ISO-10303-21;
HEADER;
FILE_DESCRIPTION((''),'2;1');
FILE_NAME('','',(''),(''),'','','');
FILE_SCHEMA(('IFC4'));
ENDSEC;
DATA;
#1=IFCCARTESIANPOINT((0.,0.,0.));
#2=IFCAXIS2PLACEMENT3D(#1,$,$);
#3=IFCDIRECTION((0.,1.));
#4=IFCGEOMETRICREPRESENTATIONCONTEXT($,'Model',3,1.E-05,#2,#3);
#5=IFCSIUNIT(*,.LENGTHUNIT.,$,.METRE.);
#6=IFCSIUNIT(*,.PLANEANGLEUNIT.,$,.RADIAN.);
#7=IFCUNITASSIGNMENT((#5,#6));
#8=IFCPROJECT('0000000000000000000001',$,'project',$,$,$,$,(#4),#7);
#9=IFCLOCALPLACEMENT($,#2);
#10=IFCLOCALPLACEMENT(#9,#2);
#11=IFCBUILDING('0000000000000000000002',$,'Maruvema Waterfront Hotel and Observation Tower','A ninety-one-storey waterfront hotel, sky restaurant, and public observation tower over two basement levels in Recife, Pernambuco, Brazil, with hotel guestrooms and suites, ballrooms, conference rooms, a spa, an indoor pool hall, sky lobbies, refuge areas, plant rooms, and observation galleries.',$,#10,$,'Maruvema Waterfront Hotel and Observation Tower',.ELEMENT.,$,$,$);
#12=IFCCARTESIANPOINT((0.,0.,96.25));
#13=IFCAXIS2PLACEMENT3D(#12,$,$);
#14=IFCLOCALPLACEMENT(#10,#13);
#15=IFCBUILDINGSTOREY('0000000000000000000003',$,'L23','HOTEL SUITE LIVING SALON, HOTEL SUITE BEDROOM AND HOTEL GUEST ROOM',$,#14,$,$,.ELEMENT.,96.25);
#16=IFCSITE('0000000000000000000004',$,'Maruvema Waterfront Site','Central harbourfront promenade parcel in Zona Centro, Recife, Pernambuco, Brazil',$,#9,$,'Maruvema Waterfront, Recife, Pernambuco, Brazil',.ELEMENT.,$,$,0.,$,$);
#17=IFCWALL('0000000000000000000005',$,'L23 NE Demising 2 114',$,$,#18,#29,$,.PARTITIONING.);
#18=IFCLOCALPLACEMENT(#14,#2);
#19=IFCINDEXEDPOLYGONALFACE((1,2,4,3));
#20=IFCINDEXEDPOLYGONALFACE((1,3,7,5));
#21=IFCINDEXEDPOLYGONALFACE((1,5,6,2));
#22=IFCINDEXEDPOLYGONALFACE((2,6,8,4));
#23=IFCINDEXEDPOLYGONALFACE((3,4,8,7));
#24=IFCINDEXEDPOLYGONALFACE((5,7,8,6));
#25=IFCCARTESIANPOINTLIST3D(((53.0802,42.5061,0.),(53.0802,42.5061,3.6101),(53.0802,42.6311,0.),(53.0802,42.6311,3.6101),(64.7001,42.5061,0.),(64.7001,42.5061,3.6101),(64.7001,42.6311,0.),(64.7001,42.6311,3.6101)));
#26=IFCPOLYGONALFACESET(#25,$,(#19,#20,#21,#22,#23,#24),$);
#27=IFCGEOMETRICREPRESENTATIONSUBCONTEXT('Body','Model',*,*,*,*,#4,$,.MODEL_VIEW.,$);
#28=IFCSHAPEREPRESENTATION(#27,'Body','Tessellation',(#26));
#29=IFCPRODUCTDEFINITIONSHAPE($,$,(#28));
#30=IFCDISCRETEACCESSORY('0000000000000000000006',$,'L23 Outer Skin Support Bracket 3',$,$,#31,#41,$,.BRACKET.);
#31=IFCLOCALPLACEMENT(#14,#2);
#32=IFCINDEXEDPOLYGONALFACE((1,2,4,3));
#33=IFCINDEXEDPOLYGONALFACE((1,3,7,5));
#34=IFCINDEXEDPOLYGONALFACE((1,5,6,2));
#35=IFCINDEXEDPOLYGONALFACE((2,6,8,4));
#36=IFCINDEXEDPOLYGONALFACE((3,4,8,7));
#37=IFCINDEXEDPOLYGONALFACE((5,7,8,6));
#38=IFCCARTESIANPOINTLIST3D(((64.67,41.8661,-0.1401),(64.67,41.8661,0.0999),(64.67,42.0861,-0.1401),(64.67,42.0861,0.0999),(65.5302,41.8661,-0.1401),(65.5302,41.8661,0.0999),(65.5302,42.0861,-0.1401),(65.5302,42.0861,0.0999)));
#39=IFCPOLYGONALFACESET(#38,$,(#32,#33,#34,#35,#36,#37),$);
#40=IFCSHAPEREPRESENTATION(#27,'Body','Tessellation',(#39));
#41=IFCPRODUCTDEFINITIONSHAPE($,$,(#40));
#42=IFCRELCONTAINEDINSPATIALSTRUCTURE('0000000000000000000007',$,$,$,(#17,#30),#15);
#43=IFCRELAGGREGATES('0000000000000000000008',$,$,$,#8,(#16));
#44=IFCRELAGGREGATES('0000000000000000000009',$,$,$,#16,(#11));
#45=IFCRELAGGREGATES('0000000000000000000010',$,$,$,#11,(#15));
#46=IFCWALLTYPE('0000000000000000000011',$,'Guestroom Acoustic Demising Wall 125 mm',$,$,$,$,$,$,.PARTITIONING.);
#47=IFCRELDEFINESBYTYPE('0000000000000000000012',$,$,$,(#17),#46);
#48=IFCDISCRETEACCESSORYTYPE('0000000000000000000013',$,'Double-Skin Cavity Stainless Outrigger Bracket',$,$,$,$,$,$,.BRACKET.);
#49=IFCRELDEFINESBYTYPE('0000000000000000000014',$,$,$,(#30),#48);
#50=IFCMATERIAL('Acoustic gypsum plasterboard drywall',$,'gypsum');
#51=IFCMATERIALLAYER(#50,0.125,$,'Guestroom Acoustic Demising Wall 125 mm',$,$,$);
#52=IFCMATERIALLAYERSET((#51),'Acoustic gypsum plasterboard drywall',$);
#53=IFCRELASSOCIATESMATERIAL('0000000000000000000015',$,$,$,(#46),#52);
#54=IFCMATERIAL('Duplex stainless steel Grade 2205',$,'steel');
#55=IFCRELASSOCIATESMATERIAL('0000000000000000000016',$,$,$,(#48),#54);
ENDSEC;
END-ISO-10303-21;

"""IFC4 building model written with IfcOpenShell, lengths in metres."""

from ifc_helpers import new_model, si_unit, direction, frame, frame_2d, origin, origin_2d, place, context, subcontext, project, spatial, rectangle, extrude, material, layer, layer_set, type_object, element, save


model = new_model("IFC4")

# Units and contexts
model_context = context("Model", 3, precision=1e-05, world=origin(), true_north=direction((0.0, 1.0)))
body_context = subcontext(model_context, "Body", "Model", "MODEL_VIEW")
ifc_project = project(units=[si_unit("LENGTHUNIT", "METRE"), si_unit("PLANEANGLEUNIT", "RADIAN")], contexts=[model_context])

# Site, building, storey
site_placement = place(None, origin())
site = spatial("IfcSite", under=ifc_project, at=site_placement, Name="Maruvema Waterfront Site", Description="Central harbourfront promenade parcel in Zona Centro, Recife, Pernambuco, Brazil", LongName="Maruvema Waterfront, Recife, Pernambuco, Brazil", CompositionType="ELEMENT", RefElevation=0.0)
building_placement = place(site_placement, origin())
building = spatial("IfcBuilding", under=site, at=building_placement, Name="Maruvema Waterfront Hotel and Observation Tower", Description="A ninety-one-storey waterfront hotel, sky restaurant, and public observation tower over two basement levels in Recife, Pernambuco, Brazil, with hotel guestrooms and suites, ballrooms, conference rooms, a spa, an indoor pool hall, sky lobbies, refuge areas, plant rooms, and observation galleries.", LongName="Maruvema Waterfront Hotel and Observation Tower", CompositionType="ELEMENT")
storey_placement = place(building_placement, frame((0.0, 0.0, 96.25)))
storey = spatial("IfcBuildingStorey", under=building, at=storey_placement, Name="L23", Description="HOTEL SUITE LIVING SALON, HOTEL SUITE BEDROOM AND HOTEL GUEST ROOM", CompositionType="ELEMENT", Elevation=96.25)

# Wall
ifc_material_1 = material(Name="Acoustic gypsum plasterboard drywall", Category="gypsum")
ifc_layer_1 = layer(ifc_material_1, 0.125, Name="Guestroom Acoustic Demising Wall 125 mm")
ifc_layer_set_1 = layer_set([ifc_layer_1], Name="Acoustic gypsum plasterboard drywall")
wall_type_1 = type_object("IfcWallType", Name="Guestroom Acoustic Demising Wall 125 mm", PredefinedType="PARTITIONING", material=ifc_layer_set_1)
for number, where, z_axis, x_axis, name in (
    (1, (53.0801, 42.5686, 0.0), (0.0, 0.0, 1.0), (1.0, 0.0, 0.0), "L23 NE Demising 2 114"),
):
    element("IfcWall", number, at=place(storey_placement, frame(where, z_axis=z_axis, x_axis=x_axis)), inside=storey, type_object=wall_type_1, Name=name, PredefinedType="PARTITIONING", context=body_context, shape_type="SweptSolid", body=[
        extrude(rectangle(XDim=11.6199, YDim=0.125, at=frame_2d((5.8101, 0.0))), origin(), (0.0, 0.0, 1.0), 3.6101),
    ])

# Discrete accessory
ifc_material_2 = material(Name="Duplex stainless steel Grade 2205", Category="steel")
discrete_accessory_type = type_object("IfcDiscreteAccessoryType", Name="Double-Skin Cavity Stainless Outrigger Bracket", PredefinedType="BRACKET", material=ifc_material_2)
discrete_accessory_placement = place(storey_placement, frame((65.1001, 41.9761, -0.1401), z_axis=(0.0, 0.0, 1.0), x_axis=(0.0, 1.0, 0.0)))
element("IfcDiscreteAccessory", 2, at=discrete_accessory_placement, inside=storey, type_object=discrete_accessory_type, Name="L23 Outer Skin Support Bracket 3", PredefinedType="BRACKET", context=body_context, shape_type="SweptSolid", body=[
    extrude(rectangle(XDim=0.22, YDim=0.8601, at=origin_2d()), origin(), (0.0, 0.0, 1.0), 0.24),
])

save(model, "model.ifc")
